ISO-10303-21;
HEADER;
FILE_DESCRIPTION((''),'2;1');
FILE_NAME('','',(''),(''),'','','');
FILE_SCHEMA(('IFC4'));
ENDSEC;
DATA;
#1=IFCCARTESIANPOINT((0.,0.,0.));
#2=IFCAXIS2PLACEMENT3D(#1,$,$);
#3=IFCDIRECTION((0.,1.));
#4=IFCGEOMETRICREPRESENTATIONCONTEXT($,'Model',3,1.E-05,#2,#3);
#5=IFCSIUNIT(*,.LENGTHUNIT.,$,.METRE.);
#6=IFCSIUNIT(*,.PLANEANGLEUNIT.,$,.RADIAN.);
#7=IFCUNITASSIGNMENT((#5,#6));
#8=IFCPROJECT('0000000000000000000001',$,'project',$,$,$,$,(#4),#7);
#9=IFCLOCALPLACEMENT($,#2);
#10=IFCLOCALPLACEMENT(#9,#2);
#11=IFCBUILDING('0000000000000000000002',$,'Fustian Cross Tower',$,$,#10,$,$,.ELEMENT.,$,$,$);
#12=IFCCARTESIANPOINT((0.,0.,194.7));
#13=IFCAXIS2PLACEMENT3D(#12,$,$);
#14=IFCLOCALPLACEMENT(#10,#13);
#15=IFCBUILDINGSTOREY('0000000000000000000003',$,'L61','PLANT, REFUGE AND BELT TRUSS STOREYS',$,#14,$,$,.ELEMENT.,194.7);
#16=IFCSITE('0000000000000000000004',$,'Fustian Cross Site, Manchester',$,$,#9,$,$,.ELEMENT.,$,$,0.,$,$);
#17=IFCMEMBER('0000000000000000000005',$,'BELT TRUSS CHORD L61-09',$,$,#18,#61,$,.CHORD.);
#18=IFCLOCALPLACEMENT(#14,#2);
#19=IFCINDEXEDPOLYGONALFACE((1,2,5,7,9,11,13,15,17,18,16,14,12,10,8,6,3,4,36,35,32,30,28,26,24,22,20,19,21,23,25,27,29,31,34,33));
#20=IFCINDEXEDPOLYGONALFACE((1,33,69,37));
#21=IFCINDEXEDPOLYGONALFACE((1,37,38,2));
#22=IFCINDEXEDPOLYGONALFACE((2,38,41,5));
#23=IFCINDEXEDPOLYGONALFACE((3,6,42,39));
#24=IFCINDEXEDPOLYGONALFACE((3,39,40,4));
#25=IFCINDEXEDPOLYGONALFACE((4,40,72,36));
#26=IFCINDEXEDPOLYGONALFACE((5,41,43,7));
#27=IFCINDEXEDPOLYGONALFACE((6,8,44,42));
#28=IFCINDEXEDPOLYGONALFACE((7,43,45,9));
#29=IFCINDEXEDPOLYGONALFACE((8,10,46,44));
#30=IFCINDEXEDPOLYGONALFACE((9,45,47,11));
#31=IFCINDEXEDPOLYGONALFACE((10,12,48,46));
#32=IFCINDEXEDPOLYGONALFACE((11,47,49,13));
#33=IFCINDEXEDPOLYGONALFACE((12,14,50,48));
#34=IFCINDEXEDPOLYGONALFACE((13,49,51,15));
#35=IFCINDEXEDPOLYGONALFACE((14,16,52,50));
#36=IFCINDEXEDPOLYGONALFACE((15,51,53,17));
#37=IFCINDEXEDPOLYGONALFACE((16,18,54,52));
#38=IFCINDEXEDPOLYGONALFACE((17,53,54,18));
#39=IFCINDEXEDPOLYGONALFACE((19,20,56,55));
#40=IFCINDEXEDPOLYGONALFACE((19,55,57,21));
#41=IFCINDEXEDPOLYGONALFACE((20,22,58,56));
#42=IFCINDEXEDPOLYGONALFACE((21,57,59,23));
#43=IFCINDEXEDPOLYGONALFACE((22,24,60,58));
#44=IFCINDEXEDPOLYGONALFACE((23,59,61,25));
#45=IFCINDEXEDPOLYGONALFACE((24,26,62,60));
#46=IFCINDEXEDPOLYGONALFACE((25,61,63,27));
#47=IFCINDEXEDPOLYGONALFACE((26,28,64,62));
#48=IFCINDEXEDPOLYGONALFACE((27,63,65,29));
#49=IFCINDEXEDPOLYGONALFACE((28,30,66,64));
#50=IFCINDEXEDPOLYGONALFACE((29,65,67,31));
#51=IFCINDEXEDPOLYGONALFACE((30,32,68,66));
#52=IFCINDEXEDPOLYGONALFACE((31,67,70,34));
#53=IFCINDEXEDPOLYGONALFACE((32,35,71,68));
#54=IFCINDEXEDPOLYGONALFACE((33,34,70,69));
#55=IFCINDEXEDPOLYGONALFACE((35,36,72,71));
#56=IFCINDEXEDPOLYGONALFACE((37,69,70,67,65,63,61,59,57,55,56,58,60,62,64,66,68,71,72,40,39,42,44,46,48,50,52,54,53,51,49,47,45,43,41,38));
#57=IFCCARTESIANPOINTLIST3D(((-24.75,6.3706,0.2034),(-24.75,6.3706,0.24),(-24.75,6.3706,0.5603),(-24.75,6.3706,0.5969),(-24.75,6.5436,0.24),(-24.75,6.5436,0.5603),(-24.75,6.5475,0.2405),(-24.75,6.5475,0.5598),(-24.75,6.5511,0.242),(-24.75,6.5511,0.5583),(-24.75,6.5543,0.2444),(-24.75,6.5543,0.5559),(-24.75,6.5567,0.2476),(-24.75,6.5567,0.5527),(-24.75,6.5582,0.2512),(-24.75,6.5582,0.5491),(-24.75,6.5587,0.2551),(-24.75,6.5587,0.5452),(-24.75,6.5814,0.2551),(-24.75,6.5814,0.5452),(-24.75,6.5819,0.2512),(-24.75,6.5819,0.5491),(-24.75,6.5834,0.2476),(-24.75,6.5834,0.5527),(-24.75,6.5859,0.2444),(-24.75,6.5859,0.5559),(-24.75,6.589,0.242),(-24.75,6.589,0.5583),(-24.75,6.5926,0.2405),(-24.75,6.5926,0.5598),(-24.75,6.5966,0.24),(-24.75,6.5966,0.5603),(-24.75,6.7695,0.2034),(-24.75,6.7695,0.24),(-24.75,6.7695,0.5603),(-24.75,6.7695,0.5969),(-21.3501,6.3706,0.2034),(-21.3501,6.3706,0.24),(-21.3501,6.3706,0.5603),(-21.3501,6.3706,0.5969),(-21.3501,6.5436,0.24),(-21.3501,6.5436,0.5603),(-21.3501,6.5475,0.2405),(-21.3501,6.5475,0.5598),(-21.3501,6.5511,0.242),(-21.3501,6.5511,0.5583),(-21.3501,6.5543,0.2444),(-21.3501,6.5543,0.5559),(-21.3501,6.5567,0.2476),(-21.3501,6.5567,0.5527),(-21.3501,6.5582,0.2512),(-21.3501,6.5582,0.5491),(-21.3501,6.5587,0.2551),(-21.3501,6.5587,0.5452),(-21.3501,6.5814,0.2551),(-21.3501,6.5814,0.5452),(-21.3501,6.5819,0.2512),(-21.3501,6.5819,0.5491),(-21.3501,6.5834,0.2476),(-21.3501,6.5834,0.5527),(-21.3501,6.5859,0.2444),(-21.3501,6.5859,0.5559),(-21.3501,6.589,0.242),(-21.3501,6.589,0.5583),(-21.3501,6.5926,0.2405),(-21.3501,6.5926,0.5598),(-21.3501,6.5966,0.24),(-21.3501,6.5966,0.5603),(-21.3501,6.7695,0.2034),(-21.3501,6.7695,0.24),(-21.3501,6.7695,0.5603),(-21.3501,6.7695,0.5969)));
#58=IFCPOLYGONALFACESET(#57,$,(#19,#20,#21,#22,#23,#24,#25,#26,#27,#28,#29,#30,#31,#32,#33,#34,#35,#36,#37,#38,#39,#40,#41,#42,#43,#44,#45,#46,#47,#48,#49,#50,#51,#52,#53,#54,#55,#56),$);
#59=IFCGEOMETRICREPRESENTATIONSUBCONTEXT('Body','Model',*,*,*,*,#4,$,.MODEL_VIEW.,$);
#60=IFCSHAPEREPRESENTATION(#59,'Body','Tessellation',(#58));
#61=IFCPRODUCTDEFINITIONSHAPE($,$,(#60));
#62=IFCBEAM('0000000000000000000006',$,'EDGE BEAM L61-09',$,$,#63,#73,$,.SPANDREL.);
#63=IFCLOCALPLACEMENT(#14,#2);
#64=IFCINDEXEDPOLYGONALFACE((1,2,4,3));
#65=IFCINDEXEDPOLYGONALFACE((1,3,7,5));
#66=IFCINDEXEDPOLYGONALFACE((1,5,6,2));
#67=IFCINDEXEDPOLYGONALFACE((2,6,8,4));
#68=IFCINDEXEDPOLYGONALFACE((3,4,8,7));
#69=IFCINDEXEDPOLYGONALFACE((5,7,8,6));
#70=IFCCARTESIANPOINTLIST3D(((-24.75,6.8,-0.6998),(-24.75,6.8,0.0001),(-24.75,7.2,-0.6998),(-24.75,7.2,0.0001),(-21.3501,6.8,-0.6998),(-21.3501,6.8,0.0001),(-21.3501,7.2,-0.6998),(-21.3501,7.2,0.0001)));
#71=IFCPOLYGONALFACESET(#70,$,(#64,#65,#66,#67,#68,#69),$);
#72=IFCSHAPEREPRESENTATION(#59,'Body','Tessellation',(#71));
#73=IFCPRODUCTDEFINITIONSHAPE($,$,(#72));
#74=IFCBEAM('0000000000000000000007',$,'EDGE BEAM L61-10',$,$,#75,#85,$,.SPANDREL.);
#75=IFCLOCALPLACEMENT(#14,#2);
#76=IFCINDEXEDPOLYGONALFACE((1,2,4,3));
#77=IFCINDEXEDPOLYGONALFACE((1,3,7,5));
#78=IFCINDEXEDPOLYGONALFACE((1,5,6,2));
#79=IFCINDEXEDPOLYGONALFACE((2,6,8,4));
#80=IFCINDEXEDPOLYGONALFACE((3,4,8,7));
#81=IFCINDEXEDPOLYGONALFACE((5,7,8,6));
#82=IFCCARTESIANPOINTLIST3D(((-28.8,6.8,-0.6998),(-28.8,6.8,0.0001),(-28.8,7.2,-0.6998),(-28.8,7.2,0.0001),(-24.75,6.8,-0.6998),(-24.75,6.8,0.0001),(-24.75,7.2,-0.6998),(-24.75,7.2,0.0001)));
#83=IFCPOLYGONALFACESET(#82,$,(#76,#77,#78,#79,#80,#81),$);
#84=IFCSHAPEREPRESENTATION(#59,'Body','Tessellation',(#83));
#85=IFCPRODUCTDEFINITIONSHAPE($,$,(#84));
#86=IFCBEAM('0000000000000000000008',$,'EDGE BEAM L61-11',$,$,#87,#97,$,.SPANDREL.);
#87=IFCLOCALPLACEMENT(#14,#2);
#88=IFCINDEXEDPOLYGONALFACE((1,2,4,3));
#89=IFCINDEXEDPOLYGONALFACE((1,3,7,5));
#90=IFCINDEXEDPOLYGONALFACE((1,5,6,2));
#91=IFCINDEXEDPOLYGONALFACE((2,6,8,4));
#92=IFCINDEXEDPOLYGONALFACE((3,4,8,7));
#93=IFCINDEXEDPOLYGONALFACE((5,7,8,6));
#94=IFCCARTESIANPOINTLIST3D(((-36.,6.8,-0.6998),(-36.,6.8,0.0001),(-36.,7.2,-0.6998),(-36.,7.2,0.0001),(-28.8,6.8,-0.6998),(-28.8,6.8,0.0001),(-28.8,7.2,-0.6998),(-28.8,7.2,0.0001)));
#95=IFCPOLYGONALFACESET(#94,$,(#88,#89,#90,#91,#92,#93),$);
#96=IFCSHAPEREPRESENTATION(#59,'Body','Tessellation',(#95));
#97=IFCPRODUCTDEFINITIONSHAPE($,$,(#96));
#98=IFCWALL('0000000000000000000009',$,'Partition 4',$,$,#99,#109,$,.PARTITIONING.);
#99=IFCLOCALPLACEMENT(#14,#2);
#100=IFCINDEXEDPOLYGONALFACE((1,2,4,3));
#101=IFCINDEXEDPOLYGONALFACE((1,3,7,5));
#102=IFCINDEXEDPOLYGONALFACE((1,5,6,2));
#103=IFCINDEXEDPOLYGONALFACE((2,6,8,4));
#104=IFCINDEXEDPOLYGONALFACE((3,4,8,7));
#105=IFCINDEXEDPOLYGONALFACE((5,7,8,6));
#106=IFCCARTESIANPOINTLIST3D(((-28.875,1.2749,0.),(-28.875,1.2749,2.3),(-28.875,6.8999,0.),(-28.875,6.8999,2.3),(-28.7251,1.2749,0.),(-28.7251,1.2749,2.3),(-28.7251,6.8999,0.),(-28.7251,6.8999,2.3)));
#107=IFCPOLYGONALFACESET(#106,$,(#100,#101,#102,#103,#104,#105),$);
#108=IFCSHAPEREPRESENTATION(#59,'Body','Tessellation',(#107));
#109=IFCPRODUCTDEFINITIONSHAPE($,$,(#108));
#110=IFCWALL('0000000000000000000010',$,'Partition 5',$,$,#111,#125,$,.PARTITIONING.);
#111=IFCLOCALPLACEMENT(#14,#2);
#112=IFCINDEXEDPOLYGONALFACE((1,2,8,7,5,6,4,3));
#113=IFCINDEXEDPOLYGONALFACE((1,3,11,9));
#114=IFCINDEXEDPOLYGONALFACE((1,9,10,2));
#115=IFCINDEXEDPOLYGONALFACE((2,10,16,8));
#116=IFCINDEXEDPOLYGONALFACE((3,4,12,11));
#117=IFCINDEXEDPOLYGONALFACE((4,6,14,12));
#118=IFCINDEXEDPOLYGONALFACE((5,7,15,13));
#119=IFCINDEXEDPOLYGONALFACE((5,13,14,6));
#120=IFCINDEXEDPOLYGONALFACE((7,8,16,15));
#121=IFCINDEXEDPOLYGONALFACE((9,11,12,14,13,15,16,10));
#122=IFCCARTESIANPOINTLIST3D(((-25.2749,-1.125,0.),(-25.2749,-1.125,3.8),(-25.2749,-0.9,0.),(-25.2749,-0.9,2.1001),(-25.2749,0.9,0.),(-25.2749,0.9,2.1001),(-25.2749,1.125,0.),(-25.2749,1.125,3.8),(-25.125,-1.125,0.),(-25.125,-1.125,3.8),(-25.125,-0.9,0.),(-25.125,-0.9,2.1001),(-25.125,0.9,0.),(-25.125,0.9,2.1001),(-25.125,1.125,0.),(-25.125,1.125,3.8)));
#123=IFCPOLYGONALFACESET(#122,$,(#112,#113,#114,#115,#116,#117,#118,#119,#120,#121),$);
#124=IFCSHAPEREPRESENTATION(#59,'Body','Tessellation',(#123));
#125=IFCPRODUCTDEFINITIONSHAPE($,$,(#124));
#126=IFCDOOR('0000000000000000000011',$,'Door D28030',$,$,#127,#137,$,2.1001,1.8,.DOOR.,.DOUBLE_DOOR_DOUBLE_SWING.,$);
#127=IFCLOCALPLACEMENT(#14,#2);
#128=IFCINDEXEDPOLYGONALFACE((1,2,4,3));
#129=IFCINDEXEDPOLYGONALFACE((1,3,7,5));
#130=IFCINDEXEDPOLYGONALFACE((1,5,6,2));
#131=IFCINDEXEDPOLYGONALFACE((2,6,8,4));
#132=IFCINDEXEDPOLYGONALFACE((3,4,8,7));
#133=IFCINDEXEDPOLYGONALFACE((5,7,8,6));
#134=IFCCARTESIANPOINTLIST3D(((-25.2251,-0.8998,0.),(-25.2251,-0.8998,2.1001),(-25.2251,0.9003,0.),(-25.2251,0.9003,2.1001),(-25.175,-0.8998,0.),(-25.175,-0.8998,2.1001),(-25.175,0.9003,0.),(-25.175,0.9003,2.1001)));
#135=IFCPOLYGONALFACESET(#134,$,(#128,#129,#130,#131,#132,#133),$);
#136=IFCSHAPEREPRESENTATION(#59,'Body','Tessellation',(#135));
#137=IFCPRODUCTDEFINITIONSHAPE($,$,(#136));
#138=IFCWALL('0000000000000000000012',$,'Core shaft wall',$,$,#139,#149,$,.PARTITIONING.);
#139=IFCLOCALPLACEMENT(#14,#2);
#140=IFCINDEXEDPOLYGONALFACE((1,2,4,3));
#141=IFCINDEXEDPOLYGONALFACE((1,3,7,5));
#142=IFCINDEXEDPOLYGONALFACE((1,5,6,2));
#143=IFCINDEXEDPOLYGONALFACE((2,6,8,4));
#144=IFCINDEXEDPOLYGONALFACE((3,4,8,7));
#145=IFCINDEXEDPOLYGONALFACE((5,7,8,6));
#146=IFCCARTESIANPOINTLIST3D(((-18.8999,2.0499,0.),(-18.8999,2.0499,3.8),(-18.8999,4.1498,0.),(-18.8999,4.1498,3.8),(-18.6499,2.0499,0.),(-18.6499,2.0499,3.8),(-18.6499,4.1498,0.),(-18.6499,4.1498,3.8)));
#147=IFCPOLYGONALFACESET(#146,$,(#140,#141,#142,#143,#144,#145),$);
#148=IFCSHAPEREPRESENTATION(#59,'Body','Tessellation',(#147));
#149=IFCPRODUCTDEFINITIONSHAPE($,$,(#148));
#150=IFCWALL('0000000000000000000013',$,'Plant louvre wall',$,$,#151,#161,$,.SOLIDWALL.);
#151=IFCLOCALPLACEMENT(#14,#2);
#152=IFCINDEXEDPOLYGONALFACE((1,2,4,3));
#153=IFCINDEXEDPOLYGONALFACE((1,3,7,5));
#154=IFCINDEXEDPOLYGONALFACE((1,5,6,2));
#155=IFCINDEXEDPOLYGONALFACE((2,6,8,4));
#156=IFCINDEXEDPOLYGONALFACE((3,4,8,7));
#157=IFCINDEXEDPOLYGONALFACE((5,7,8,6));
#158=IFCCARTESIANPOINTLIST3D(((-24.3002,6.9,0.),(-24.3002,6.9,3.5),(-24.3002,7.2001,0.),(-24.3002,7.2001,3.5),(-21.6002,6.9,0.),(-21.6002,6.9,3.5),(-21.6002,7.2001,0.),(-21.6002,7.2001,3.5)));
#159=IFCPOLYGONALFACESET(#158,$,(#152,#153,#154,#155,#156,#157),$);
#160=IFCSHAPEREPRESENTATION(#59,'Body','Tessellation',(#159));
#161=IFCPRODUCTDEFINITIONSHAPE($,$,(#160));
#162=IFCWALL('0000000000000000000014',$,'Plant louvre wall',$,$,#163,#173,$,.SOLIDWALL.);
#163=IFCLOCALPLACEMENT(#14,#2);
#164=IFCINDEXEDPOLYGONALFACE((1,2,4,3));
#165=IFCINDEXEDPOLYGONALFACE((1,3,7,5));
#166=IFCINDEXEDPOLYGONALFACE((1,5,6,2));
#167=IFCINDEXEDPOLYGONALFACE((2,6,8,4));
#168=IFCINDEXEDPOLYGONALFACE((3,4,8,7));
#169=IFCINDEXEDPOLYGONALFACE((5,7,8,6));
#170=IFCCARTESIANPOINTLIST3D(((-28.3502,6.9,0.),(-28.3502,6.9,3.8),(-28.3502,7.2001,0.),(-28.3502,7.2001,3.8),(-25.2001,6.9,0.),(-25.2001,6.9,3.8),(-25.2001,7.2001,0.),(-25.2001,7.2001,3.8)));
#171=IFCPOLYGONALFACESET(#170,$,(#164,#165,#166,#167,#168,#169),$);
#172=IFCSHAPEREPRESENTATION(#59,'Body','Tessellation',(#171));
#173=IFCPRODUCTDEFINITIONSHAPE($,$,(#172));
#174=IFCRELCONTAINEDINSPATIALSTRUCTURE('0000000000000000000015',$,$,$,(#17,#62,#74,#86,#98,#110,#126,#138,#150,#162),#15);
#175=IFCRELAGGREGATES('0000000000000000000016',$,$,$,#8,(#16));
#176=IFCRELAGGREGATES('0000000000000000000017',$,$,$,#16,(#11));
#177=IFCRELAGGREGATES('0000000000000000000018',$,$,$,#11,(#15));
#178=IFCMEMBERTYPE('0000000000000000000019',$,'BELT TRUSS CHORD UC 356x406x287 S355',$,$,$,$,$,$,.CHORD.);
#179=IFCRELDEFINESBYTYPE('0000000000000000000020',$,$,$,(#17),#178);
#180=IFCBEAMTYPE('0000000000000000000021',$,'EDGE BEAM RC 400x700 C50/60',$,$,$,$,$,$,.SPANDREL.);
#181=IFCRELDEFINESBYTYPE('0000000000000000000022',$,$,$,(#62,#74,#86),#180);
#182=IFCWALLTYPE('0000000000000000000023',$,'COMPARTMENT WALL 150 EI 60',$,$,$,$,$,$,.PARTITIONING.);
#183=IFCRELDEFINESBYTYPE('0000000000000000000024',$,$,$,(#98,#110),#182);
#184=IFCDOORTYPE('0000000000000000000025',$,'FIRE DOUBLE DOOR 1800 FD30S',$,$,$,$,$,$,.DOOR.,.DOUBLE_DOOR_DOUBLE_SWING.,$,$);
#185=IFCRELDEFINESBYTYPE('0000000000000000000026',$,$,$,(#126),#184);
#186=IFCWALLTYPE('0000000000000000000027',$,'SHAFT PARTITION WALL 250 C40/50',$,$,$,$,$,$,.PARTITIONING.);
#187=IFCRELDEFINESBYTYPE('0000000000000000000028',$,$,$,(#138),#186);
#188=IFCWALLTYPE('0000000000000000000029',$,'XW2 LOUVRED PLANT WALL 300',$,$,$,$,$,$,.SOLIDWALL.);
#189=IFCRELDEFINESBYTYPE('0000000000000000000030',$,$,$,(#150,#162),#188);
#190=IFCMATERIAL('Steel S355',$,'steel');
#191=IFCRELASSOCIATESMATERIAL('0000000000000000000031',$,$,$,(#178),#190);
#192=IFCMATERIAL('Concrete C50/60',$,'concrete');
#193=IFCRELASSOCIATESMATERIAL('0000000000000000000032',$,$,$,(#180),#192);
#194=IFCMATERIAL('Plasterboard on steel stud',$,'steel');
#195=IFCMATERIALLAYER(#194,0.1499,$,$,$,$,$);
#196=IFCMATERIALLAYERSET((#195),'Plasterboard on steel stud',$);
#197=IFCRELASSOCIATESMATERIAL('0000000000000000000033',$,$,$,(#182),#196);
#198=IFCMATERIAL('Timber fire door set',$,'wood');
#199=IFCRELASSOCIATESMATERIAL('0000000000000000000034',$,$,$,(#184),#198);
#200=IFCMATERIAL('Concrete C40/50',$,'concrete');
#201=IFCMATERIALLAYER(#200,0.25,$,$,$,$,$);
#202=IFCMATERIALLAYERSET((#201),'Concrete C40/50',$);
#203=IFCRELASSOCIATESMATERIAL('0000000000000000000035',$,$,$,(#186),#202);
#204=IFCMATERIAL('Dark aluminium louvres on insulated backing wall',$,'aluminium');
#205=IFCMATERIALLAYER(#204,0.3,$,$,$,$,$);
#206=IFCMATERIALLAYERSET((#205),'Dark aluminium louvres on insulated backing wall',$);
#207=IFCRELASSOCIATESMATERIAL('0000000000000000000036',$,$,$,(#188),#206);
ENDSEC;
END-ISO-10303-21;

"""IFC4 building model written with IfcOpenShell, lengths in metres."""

from ifc_helpers import new_model, si_unit, direction, frame, frame_2d, origin, origin_2d, place, context, subcontext, project, spatial, rectangle, i_section, extrude, material, layer, layer_set, material_profile, profile_set, type_object, element, fill, save


model = new_model("IFC4")

# Units and contexts
model_context = context("Model", 3, precision=1e-05, world=origin(), true_north=direction((0.0, 1.0)))
body_context = subcontext(model_context, "Body", "Model", "MODEL_VIEW")
ifc_project = project(units=[si_unit("LENGTHUNIT", "METRE"), si_unit("PLANEANGLEUNIT", "RADIAN")], contexts=[model_context])

# Site, building, storey
site_placement = place(None, origin())
site = spatial("IfcSite", under=ifc_project, at=site_placement, Name="Fustian Cross Site, Manchester", CompositionType="ELEMENT", RefElevation=0.0)
building_placement = place(site_placement, origin())
building = spatial("IfcBuilding", under=site, at=building_placement, Name="Fustian Cross Tower", CompositionType="ELEMENT")
storey_placement = place(building_placement, frame((0.0, 0.0, 194.7)))
storey = spatial("IfcBuildingStorey", under=building, at=storey_placement, Name="L61", Description="PLANT, REFUGE AND BELT TRUSS STOREYS", CompositionType="ELEMENT", Elevation=194.7)

# Member
ifc_material_1 = material(Name="Steel S355", Category="steel")
ifc_material_profile_1 = material_profile(ifc_material_1, i_section(OverallWidth=0.3989, OverallDepth=0.3936, WebThickness=0.0227, FlangeThickness=0.0366, FilletRadius=0.0151, at=origin_2d()), Name="UC 356x406x287")
ifc_profile_set_1 = profile_set([ifc_material_profile_1], Name="Steel S355")
member_type_1 = type_object("IfcMemberType", Name="BELT TRUSS CHORD UC 356x406x287 S355", PredefinedType="CHORD", material=ifc_profile_set_1)
for number, where, z_axis, x_axis, name in (
    (1, (-21.3501, 6.5701, 0.4001), (-1.0, 0.0, 0.0), (0.0, -1.0, 0.0), "BELT TRUSS CHORD L61-09"),
):
    element("IfcMember", number, at=place(storey_placement, frame(where, z_axis=z_axis, x_axis=x_axis)), inside=storey, type_object=member_type_1, Name=name, PredefinedType="CHORD", context=body_context, shape_type="SweptSolid", body=[
        extrude(i_section(OverallWidth=0.3989, OverallDepth=0.3936, WebThickness=0.0227, FlangeThickness=0.0366, FilletRadius=0.0151, at=origin_2d()), origin(), (0.0, 0.0, 1.0), 3.3999),
    ])

# Beams
ifc_material_2 = material(Name="Concrete C50/60", Category="concrete")
ifc_material_profile_2 = material_profile(ifc_material_2, rectangle(XDim=0.3999, YDim=0.7, at=origin_2d()), Name="RC 400x700")
ifc_profile_set_2 = profile_set([ifc_material_profile_2], Name="Concrete C50/60")
beam_type = type_object("IfcBeamType", Name="EDGE BEAM RC 400x700 C50/60", PredefinedType="SPANDREL", material=ifc_profile_set_2)
beam_1_placement = place(storey_placement, frame((-21.3501, 7.0, -0.3499), z_axis=(-1.0, 0.0, 0.0), x_axis=(0.0, -1.0, 0.0)))
element("IfcBeam", 2, at=beam_1_placement, inside=storey, type_object=beam_type, Name="EDGE BEAM L61-09", PredefinedType="SPANDREL", context=body_context, shape_type="SweptSolid", body=[
    extrude(rectangle(XDim=0.3999, YDim=0.7, at=origin_2d()), origin(), (0.0, 0.0, 1.0), 3.3999),
])
beam_2_placement = place(storey_placement, frame((-24.75, 7.0, -0.3499), z_axis=(-1.0, 0.0, 0.0), x_axis=(0.0, -1.0, 0.0)))
element("IfcBeam", 3, at=beam_2_placement, inside=storey, type_object=beam_type, Name="EDGE BEAM L61-10", PredefinedType="SPANDREL", context=body_context, shape_type="SweptSolid", body=[
    extrude(rectangle(XDim=0.3999, YDim=0.7, at=origin_2d()), origin(), (0.0, 0.0, 1.0), 4.05),
])
beam_3_placement = place(storey_placement, frame((-28.8, 7.0, -0.3499), z_axis=(-1.0, 0.0, 0.0), x_axis=(0.0, -1.0, 0.0)))
element("IfcBeam", 4, at=beam_3_placement, inside=storey, type_object=beam_type, Name="EDGE BEAM L61-11", PredefinedType="SPANDREL", context=body_context, shape_type="SweptSolid", body=[
    extrude(rectangle(XDim=0.3999, YDim=0.7, at=origin_2d()), origin(), (0.0, 0.0, 1.0), 7.2),
])

# Wall
ifc_material_3 = material(Name="Plasterboard on steel stud", Category="steel")
ifc_layer_1 = layer(ifc_material_3, 0.1499)
ifc_layer_set_1 = layer_set([ifc_layer_1], Name="Plasterboard on steel stud")
wall_type_1 = type_object("IfcWallType", Name="COMPARTMENT WALL 150 EI 60", PredefinedType="PARTITIONING", material=ifc_layer_set_1)
wall_1_placement = place(storey_placement, frame((-28.8, 1.2749, 0.0), z_axis=(0.0, 0.0, 1.0), x_axis=(0.0, 1.0, 0.0)))
element("IfcWall", 5, at=wall_1_placement, inside=storey, type_object=wall_type_1, Name="Partition 4", PredefinedType="PARTITIONING", context=body_context, shape_type="SweptSolid", body=[
    extrude(rectangle(XDim=5.625, YDim=0.1499, at=frame_2d((2.8125, 0.0))), origin(), (0.0, 0.0, 1.0), 2.3),
])

# Wall, opening, door
wall_2_placement = place(storey_placement, frame((-25.2, -1.125, 0.0), z_axis=(0.0, 0.0, 1.0), x_axis=(0.0, 1.0, 0.0)))
wall_2 = element("IfcWall", 6, at=wall_2_placement, inside=storey, type_object=wall_type_1, Name="Partition 5", PredefinedType="PARTITIONING", context=body_context, shape_type="SweptSolid", body=[
    extrude(rectangle(XDim=2.25, YDim=0.1499, at=frame_2d((1.125, 0.0))), origin(), (0.0, 0.0, 1.0), 3.8),
])
opening_placement = place(wall_2_placement, frame((0.2251, 0.0, 0.0)))
opening = element("IfcOpeningElement", 7, at=opening_placement, cuts=wall_2, PredefinedType="OPENING", context=body_context, shape_type="SweptSolid", body=[
    extrude(rectangle(XDim=1.8, YDim=2.1001, at=frame_2d((0.8999, 1.05))), frame((0.0, 0.085, 0.0), z_axis=(0.0, -1.0, 0.0), x_axis=(1.0, 0.0, 0.0)), (0.0, 0.0, 1.0), 0.1699),
])
ifc_material_4 = material(Name="Timber fire door set", Category="wood")
door_type = type_object("IfcDoorType", Name="FIRE DOUBLE DOOR 1800 FD30S", OperationType="DOUBLE_DOOR_DOUBLE_SWING", PredefinedType="DOOR", material=ifc_material_4)
door_placement = place(opening_placement, frame((1.8, 0.0, 0.0), z_axis=(0.0, 0.0, 1.0), x_axis=(-1.0, 0.0, 0.0)))
door = element("IfcDoor", 8, at=door_placement, inside=storey, type_object=door_type, Name="Door D28030", OperationType="DOUBLE_DOOR_DOUBLE_SWING", OverallHeight=2.1001, OverallWidth=1.8, PredefinedType="DOOR", context=body_context, shape_type="SweptSolid", body=[
    extrude(rectangle(XDim=1.8, YDim=2.1001, at=frame_2d((0.8999, 1.05))), frame((0.0, 0.0249, 0.0), z_axis=(0.0, -1.0, 0.0), x_axis=(1.0, 0.0, 0.0)), (0.0, 0.0, 1.0), 0.05),
])
fill(opening, door)

# Walls
ifc_material_5 = material(Name="Concrete C40/50", Category="concrete")
ifc_layer_2 = layer(ifc_material_5, 0.25)
ifc_layer_set_2 = layer_set([ifc_layer_2], Name="Concrete C40/50")
wall_type_2 = type_object("IfcWallType", Name="SHAFT PARTITION WALL 250 C40/50", PredefinedType="PARTITIONING", material=ifc_layer_set_2)
wall_3_placement = place(storey_placement, frame((-18.7749, 2.05, 0.0), z_axis=(0.0, 0.0, 1.0), x_axis=(0.0, 1.0, 0.0)))
element("IfcWall", 9, at=wall_3_placement, inside=storey, type_object=wall_type_2, Name="Core shaft wall", PredefinedType="PARTITIONING", context=body_context, shape_type="SweptSolid", body=[
    extrude(rectangle(XDim=2.0999, YDim=0.25, at=frame_2d((1.0498, 0.0))), origin(), (0.0, 0.0, 1.0), 3.8),
])
ifc_material_6 = material(Name="Dark aluminium louvres on insulated backing wall", Category="aluminium")
ifc_layer_3 = layer(ifc_material_6, 0.3)
ifc_layer_set_3 = layer_set([ifc_layer_3], Name="Dark aluminium louvres on insulated backing wall")
wall_type_3 = type_object("IfcWallType", Name="XW2 LOUVRED PLANT WALL 300", PredefinedType="SOLIDWALL", material=ifc_layer_set_3)
wall_4_placement = place(storey_placement, frame((-21.6001, 7.05, 0.0), z_axis=(0.0, 0.0, 1.0), x_axis=(-1.0, 0.0, 0.0)))
element("IfcWall", 10, at=wall_4_placement, inside=storey, type_object=wall_type_3, Name="Plant louvre wall", PredefinedType="SOLIDWALL", context=body_context, shape_type="SweptSolid", body=[
    extrude(rectangle(XDim=2.7, YDim=0.3, at=frame_2d((1.3501, 0.0))), origin(), (0.0, 0.0, 1.0), 3.5),
])
wall_5_placement = place(storey_placement, frame((-25.2, 7.05, 0.0), z_axis=(0.0, 0.0, 1.0), x_axis=(-1.0, 0.0, 0.0)))
element("IfcWall", 11, at=wall_5_placement, inside=storey, type_object=wall_type_3, Name="Plant louvre wall", PredefinedType="SOLIDWALL", context=body_context, shape_type="SweptSolid", body=[
    extrude(rectangle(XDim=3.1501, YDim=0.3, at=frame_2d((1.5752, 0.0))), origin(), (0.0, 0.0, 1.0), 3.8),
])

save(model, "model.ifc")
